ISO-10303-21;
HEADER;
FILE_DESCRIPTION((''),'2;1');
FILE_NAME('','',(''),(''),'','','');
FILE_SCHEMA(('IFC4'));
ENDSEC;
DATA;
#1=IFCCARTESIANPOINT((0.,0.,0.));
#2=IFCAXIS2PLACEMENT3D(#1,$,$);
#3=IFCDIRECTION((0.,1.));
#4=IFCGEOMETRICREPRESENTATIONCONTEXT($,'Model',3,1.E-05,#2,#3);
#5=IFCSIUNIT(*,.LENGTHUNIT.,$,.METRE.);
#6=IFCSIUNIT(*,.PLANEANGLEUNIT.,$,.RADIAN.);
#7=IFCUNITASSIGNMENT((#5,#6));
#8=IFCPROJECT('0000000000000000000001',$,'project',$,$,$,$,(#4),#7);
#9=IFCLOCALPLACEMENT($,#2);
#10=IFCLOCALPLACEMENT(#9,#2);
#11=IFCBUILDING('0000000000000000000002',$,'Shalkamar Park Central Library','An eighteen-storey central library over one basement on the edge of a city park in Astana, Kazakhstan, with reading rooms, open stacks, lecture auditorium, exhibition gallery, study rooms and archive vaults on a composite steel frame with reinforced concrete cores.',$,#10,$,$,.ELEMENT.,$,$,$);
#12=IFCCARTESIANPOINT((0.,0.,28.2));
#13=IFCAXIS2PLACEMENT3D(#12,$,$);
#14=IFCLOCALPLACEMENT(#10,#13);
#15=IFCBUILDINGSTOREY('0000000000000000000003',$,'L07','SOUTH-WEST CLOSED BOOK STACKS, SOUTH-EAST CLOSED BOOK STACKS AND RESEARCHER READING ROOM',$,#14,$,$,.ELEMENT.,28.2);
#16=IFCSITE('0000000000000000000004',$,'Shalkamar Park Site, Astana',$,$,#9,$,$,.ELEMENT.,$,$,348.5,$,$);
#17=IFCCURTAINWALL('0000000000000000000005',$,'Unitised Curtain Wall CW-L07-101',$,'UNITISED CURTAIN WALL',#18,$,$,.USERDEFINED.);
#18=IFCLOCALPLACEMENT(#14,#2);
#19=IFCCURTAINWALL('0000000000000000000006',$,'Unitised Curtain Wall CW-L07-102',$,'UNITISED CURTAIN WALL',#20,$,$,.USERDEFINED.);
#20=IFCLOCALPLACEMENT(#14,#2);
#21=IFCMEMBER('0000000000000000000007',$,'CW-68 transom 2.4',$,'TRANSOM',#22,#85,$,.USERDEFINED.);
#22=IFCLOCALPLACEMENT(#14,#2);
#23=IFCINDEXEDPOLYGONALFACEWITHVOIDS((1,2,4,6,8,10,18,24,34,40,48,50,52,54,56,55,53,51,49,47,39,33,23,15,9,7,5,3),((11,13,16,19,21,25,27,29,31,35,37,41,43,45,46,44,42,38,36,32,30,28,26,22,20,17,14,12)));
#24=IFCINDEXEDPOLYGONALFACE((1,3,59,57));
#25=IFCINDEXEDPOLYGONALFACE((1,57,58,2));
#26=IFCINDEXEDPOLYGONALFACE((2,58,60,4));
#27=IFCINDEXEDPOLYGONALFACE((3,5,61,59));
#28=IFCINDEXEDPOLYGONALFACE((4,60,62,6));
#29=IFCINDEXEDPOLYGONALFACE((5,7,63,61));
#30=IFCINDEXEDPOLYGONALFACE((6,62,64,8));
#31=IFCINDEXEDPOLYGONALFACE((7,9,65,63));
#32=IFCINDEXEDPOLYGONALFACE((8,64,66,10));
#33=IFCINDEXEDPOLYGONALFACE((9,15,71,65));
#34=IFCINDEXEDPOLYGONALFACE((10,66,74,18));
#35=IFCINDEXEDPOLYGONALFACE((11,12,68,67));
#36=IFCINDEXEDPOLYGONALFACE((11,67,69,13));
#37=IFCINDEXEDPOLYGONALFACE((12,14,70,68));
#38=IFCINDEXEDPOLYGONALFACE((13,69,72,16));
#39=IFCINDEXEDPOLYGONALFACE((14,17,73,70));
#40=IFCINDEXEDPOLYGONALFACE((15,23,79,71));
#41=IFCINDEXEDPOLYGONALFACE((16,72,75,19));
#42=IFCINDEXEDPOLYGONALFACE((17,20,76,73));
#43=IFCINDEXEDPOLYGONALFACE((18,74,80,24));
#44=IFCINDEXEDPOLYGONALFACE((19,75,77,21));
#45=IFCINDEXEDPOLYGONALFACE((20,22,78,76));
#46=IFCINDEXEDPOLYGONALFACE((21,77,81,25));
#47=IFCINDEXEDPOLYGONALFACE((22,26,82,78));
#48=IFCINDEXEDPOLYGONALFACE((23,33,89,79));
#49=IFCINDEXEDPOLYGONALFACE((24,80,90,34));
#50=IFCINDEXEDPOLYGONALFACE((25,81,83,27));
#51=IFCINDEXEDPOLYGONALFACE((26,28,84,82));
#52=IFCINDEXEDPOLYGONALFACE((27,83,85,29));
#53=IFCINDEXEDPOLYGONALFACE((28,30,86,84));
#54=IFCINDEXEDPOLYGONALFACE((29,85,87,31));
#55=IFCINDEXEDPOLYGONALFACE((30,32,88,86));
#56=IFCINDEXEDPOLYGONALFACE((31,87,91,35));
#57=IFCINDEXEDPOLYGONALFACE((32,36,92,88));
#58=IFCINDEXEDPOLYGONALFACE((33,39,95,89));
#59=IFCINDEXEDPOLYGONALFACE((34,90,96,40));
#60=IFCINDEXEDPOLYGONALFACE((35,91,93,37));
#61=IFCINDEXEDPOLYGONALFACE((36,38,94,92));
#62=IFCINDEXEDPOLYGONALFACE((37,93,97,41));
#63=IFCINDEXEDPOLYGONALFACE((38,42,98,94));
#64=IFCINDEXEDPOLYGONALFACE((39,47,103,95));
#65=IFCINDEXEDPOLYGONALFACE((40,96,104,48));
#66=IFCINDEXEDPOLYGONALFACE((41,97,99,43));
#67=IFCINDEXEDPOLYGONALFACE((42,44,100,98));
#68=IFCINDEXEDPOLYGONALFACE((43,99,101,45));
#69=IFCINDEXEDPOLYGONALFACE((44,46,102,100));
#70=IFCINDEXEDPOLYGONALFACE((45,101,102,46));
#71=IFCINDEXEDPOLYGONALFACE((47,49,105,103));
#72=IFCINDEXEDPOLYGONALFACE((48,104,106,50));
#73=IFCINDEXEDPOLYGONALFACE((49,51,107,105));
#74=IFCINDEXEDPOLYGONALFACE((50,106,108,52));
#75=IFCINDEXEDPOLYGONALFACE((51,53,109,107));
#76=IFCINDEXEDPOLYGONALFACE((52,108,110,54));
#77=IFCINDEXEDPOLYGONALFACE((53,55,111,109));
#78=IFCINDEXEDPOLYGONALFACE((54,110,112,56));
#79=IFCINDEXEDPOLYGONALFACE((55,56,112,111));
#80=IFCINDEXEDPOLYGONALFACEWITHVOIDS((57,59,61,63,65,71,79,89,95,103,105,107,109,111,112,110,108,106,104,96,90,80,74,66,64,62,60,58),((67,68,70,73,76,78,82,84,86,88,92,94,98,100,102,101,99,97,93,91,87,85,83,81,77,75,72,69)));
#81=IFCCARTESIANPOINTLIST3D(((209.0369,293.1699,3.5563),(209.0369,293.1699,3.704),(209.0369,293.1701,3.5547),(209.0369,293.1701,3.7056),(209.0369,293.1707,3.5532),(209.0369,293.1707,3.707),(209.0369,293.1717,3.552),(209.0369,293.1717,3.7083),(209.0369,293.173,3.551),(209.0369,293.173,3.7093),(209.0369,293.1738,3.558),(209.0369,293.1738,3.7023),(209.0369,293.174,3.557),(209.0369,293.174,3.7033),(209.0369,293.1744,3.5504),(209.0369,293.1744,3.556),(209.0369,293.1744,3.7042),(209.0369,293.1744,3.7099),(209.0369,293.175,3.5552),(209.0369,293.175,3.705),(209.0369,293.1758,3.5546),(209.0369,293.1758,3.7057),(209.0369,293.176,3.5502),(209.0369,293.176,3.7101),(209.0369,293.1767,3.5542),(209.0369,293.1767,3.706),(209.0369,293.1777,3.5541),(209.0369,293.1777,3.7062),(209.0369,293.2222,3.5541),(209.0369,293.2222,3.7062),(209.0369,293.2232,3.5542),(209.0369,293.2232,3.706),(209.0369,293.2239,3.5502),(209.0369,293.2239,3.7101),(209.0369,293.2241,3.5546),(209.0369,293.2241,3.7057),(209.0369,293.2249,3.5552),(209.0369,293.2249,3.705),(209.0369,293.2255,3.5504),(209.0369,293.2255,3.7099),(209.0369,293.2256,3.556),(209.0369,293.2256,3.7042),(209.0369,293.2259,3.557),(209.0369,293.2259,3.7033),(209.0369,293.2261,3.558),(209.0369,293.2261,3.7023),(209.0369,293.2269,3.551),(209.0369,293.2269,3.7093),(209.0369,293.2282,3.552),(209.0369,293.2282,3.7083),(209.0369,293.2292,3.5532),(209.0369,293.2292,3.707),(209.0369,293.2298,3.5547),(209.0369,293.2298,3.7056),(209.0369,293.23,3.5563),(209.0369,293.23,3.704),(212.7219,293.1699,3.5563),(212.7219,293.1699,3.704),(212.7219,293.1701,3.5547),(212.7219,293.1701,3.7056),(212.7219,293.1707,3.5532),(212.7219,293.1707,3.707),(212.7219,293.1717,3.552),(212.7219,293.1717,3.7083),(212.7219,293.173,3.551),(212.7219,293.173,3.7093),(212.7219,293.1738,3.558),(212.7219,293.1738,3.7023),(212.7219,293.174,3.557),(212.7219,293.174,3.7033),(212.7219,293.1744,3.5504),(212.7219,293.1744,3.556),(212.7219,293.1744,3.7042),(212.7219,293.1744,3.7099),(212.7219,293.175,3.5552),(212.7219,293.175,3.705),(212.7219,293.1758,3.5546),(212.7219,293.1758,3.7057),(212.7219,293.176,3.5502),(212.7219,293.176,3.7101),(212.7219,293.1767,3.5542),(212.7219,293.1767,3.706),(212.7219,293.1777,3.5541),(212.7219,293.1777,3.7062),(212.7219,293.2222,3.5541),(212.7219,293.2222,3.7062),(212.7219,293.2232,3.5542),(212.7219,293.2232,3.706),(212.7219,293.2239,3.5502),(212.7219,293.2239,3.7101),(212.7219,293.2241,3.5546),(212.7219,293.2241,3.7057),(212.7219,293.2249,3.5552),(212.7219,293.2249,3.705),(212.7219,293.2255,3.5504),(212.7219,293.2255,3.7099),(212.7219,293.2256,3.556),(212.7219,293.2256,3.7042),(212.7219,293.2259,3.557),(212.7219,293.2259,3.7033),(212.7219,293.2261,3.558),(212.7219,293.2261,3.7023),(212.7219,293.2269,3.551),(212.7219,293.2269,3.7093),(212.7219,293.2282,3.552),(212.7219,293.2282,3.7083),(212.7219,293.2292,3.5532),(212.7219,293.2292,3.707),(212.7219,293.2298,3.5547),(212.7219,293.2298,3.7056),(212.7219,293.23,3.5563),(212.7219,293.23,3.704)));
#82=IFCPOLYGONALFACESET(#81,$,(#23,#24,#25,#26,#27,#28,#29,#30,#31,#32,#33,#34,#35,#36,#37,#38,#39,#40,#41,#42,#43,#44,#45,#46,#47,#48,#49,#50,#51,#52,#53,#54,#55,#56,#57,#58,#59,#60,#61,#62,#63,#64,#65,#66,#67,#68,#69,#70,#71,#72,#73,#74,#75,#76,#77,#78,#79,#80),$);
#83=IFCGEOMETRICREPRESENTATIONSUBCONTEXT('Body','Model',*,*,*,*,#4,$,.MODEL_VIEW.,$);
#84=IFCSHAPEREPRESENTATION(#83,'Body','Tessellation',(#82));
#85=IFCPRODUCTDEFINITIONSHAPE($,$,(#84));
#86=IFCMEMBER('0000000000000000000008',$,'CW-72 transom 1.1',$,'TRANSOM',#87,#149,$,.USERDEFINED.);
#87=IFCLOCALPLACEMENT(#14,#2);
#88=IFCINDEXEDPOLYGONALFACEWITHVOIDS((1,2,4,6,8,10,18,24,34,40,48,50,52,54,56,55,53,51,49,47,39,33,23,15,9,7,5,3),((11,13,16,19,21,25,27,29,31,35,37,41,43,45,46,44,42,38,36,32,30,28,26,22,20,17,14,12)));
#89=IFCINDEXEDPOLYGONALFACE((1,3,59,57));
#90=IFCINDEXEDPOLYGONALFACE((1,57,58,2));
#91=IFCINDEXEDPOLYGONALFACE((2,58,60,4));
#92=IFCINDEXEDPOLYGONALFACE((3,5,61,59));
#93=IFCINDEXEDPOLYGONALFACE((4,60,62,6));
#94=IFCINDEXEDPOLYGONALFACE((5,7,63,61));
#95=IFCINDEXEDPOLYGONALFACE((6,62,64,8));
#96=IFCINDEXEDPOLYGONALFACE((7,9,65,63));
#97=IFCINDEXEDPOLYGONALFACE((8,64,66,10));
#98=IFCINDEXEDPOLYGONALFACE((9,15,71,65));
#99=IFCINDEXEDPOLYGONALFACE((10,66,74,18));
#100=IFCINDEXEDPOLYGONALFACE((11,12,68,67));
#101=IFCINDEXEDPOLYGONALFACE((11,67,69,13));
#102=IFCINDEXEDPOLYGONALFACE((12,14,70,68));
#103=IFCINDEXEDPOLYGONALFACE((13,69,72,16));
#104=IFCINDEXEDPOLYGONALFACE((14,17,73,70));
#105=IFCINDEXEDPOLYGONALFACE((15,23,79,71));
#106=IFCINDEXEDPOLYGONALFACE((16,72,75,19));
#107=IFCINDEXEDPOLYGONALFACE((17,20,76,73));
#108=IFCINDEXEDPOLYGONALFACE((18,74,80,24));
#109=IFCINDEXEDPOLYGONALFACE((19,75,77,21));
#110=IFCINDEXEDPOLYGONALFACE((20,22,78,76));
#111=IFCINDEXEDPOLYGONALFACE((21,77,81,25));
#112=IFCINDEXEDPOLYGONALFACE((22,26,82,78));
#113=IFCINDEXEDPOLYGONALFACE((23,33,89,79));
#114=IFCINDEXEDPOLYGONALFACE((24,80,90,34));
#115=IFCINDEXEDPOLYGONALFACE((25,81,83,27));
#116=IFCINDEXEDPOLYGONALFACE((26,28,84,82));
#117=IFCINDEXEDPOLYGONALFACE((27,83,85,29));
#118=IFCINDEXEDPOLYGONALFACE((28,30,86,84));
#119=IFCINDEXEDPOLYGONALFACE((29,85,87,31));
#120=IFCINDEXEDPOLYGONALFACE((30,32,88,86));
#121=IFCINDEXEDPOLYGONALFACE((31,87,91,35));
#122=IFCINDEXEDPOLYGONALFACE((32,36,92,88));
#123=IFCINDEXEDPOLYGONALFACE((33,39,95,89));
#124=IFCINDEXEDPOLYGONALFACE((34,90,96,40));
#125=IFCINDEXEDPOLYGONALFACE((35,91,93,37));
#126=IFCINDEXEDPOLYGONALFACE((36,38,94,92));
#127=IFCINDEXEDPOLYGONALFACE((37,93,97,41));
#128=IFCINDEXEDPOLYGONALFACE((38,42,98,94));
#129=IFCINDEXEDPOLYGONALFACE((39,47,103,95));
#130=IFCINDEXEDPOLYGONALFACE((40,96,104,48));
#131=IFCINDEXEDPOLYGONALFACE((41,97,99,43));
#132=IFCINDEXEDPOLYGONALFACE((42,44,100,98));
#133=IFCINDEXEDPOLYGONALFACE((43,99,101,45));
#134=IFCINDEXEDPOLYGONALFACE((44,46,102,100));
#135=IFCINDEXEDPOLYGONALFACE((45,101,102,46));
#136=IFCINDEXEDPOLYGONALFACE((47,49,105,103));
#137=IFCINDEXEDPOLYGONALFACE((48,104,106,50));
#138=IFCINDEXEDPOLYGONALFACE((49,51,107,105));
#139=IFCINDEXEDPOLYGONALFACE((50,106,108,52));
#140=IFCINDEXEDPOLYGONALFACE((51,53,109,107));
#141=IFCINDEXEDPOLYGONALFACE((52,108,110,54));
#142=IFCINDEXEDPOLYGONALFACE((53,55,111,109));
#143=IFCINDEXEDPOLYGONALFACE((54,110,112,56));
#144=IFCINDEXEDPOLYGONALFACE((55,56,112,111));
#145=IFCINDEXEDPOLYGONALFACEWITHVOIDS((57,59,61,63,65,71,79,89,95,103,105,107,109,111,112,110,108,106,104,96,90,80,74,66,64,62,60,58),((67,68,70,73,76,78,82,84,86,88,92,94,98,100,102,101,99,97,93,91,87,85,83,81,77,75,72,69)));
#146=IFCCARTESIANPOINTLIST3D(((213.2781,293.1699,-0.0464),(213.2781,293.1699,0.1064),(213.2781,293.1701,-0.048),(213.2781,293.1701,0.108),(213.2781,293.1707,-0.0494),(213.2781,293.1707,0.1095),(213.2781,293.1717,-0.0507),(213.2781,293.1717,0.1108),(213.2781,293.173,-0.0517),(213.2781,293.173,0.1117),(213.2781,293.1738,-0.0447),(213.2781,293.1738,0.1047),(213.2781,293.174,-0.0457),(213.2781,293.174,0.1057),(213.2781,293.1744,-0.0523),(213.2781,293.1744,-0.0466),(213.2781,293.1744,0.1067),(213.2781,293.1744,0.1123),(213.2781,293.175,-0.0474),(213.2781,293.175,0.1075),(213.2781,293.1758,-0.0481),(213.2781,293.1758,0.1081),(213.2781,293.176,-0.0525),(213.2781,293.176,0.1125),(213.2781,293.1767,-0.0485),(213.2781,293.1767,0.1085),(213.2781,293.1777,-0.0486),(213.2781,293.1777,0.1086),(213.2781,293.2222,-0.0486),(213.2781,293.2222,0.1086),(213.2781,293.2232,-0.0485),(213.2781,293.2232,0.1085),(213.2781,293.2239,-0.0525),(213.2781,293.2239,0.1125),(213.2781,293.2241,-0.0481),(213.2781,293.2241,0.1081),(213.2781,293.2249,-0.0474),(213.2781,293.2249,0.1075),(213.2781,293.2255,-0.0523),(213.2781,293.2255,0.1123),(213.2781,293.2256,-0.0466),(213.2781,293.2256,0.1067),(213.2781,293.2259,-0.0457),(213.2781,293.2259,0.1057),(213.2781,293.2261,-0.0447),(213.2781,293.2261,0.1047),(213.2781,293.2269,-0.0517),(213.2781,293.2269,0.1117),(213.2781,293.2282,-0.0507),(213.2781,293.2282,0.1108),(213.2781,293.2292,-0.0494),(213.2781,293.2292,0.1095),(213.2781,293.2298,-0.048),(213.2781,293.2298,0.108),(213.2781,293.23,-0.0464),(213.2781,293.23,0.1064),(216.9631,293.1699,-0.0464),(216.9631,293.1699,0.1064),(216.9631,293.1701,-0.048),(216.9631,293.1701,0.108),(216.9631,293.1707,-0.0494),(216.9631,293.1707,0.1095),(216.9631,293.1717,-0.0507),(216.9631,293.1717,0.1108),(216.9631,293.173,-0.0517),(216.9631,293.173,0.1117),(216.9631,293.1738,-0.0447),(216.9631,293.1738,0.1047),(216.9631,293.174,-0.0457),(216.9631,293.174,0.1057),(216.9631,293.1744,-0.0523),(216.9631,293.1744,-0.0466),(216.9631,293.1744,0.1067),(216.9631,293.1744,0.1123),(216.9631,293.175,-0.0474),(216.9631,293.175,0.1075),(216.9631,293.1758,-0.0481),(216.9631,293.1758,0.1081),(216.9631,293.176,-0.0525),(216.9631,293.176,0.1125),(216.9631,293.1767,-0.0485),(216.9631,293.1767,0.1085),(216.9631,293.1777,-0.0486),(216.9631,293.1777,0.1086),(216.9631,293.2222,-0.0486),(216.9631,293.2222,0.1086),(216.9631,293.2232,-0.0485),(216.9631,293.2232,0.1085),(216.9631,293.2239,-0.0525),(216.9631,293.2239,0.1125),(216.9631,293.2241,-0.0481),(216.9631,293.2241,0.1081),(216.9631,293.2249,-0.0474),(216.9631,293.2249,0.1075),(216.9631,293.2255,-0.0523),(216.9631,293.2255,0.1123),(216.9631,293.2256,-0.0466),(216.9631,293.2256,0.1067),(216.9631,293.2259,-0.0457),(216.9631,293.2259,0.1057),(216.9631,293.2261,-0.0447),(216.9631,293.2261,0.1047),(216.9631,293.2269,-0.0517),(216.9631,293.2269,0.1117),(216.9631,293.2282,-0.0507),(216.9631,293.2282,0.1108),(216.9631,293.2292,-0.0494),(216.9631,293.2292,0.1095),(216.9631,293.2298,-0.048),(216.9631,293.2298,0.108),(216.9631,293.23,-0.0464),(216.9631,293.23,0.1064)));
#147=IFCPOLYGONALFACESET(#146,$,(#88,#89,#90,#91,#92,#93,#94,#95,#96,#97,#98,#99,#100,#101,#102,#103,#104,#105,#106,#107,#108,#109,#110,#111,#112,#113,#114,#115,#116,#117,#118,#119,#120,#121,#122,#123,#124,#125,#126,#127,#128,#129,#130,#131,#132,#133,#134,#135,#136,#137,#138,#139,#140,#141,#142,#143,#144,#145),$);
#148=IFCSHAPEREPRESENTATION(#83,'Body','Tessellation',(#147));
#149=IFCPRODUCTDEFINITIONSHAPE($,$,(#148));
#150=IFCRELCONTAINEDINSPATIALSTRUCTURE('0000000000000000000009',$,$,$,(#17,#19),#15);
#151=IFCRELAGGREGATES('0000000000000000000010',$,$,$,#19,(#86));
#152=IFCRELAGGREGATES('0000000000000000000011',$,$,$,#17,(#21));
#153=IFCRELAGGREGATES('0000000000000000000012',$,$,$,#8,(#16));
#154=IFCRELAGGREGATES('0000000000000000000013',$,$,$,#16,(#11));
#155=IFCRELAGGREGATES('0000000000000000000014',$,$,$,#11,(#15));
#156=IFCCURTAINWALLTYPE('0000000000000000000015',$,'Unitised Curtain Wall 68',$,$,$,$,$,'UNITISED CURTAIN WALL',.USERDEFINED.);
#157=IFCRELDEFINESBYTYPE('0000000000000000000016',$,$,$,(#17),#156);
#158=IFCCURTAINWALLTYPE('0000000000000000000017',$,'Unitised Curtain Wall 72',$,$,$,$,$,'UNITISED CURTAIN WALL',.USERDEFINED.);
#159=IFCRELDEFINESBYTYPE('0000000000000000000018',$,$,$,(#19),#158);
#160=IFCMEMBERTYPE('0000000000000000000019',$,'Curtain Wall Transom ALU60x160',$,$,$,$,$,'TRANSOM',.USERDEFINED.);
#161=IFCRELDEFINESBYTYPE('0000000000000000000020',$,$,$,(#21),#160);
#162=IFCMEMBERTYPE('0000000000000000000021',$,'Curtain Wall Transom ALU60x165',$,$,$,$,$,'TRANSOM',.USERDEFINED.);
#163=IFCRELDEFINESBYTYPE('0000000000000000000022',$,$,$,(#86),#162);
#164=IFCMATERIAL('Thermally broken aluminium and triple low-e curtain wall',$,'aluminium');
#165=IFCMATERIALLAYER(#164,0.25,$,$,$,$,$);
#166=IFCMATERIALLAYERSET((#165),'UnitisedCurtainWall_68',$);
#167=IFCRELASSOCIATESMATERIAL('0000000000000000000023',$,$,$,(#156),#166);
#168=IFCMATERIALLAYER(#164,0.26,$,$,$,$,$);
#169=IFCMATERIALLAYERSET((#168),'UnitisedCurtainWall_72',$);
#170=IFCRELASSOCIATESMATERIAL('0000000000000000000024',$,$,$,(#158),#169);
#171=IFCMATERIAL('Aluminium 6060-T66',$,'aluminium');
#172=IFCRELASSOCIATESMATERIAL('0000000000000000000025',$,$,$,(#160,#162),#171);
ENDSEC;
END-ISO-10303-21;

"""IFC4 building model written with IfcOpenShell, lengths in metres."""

from ifc_helpers import new_model, si_unit, direction, frame, origin, origin_2d, place, context, subcontext, project, spatial, hollow_rectangle, extrude, material, layer, layer_set, material_profile, profile_set, type_object, element, aggregate, save


model = new_model("IFC4")

# Units and contexts
model_context = context("Model", 3, precision=1e-05, world=origin(), true_north=direction((0.0, 1.0)))
body_context = subcontext(model_context, "Body", "Model", "MODEL_VIEW")
ifc_project = project(units=[si_unit("LENGTHUNIT", "METRE"), si_unit("PLANEANGLEUNIT", "RADIAN")], contexts=[model_context])

# Site, building, storey
site_placement = place(None, origin())
site = spatial("IfcSite", under=ifc_project, at=site_placement, Name="Shalkamar Park Site, Astana", CompositionType="ELEMENT", RefElevation=348.5)
building_placement = place(site_placement, origin())
building = spatial("IfcBuilding", under=site, at=building_placement, Name="Shalkamar Park Central Library", Description="An eighteen-storey central library over one basement on the edge of a city park in Astana, Kazakhstan, with reading rooms, open stacks, lecture auditorium, exhibition gallery, study rooms and archive vaults on a composite steel frame with reinforced concrete cores.", CompositionType="ELEMENT")
storey_placement = place(building_placement, frame((0.0, 0.0, 28.2)))
storey = spatial("IfcBuildingStorey", under=building, at=storey_placement, Name="L07", Description="SOUTH-WEST CLOSED BOOK STACKS, SOUTH-EAST CLOSED BOOK STACKS AND RESEARCHER READING ROOM", CompositionType="ELEMENT", Elevation=28.2)

# Curtain wall
ifc_material_1 = material(Name="Thermally broken aluminium and triple low-e curtain wall", Category="aluminium")
ifc_layer_1 = layer(ifc_material_1, 0.25)
ifc_layer_set_1 = layer_set([ifc_layer_1], Name="UnitisedCurtainWall_68")
curtain_wall_type_1 = type_object("IfcCurtainWallType", Name="Unitised Curtain Wall 68", ElementType="UNITISED CURTAIN WALL", PredefinedType="USERDEFINED", material=ifc_layer_set_1)
curtain_wall_1_placement = place(storey_placement, origin())
curtain_wall_1 = element("IfcCurtainWall", 1, at=curtain_wall_1_placement, inside=storey, type_object=curtain_wall_type_1, Name="Unitised Curtain Wall CW-L07-101", ObjectType="UNITISED CURTAIN WALL", PredefinedType="USERDEFINED")
ifc_material_2 = material(Name="Aluminium 6060-T66", Category="aluminium")

# Curtain wall
ifc_layer_2 = layer(ifc_material_1, 0.26)
ifc_layer_set_2 = layer_set([ifc_layer_2], Name="UnitisedCurtainWall_72")
curtain_wall_type_2 = type_object("IfcCurtainWallType", Name="Unitised Curtain Wall 72", ElementType="UNITISED CURTAIN WALL", PredefinedType="USERDEFINED", material=ifc_layer_set_2)
curtain_wall_2_placement = place(storey_placement, origin())
curtain_wall_2 = element("IfcCurtainWall", 2, at=curtain_wall_2_placement, inside=storey, type_object=curtain_wall_type_2, Name="Unitised Curtain Wall CW-L07-102", ObjectType="UNITISED CURTAIN WALL", PredefinedType="USERDEFINED")

# Members
ifc_material_profile_1 = material_profile(ifc_material_2, hollow_rectangle(XDim=0.0601, YDim=0.1599, WallThickness=0.0039, InnerFilletRadius=0.0039, OuterFilletRadius=0.0061, at=origin_2d()), Name="ALU 60x160x4")
ifc_profile_set_1 = profile_set([ifc_material_profile_1], Name="Aluminium 6060-T66")
member_type_1 = type_object("IfcMemberType", Name="Curtain Wall Transom ALU60x160", ElementType="TRANSOM", PredefinedType="USERDEFINED", material=ifc_profile_set_1)
member_1_placement = place(storey_placement, frame((209.0369, 293.2, 3.6301), z_axis=(1.0, 0.0, 0.0), x_axis=(0.0, 1.0, 0.0)))
member_1 = element("IfcMember", 3, at=member_1_placement, type_object=member_type_1, Name="CW-68 transom 2.4", ObjectType="TRANSOM", PredefinedType="USERDEFINED", context=body_context, shape_type="SweptSolid", body=[
    extrude(hollow_rectangle(XDim=0.0601, YDim=0.1599, WallThickness=0.0039, InnerFilletRadius=0.0039, OuterFilletRadius=0.0061, at=origin_2d()), origin(), (0.0, 0.0, 1.0), 3.6851),
])
ifc_material_profile_2 = material_profile(ifc_material_2, hollow_rectangle(XDim=0.0601, YDim=0.165, WallThickness=0.0039, InnerFilletRadius=0.0039, OuterFilletRadius=0.0061, at=origin_2d()), Name="ALU 60x165x4")
ifc_profile_set_2 = profile_set([ifc_material_profile_2], Name="Aluminium 6060-T66")
member_type_2 = type_object("IfcMemberType", Name="Curtain Wall Transom ALU60x165", ElementType="TRANSOM", PredefinedType="USERDEFINED", material=ifc_profile_set_2)
member_2_placement = place(storey_placement, frame((213.2781, 293.2, 0.03), z_axis=(1.0, 0.0, 0.0), x_axis=(0.0, 1.0, 0.0)))
member_2 = element("IfcMember", 4, at=member_2_placement, type_object=member_type_2, Name="CW-72 transom 1.1", ObjectType="TRANSOM", PredefinedType="USERDEFINED", context=body_context, shape_type="SweptSolid", body=[
    extrude(hollow_rectangle(XDim=0.0601, YDim=0.165, WallThickness=0.0039, InnerFilletRadius=0.0039, OuterFilletRadius=0.0061, at=origin_2d()), origin(), (0.0, 0.0, 1.0), 3.6851),
])

aggregate(curtain_wall_2, [member_2])
aggregate(curtain_wall_1, [member_1])

save(model, "model.ifc")
